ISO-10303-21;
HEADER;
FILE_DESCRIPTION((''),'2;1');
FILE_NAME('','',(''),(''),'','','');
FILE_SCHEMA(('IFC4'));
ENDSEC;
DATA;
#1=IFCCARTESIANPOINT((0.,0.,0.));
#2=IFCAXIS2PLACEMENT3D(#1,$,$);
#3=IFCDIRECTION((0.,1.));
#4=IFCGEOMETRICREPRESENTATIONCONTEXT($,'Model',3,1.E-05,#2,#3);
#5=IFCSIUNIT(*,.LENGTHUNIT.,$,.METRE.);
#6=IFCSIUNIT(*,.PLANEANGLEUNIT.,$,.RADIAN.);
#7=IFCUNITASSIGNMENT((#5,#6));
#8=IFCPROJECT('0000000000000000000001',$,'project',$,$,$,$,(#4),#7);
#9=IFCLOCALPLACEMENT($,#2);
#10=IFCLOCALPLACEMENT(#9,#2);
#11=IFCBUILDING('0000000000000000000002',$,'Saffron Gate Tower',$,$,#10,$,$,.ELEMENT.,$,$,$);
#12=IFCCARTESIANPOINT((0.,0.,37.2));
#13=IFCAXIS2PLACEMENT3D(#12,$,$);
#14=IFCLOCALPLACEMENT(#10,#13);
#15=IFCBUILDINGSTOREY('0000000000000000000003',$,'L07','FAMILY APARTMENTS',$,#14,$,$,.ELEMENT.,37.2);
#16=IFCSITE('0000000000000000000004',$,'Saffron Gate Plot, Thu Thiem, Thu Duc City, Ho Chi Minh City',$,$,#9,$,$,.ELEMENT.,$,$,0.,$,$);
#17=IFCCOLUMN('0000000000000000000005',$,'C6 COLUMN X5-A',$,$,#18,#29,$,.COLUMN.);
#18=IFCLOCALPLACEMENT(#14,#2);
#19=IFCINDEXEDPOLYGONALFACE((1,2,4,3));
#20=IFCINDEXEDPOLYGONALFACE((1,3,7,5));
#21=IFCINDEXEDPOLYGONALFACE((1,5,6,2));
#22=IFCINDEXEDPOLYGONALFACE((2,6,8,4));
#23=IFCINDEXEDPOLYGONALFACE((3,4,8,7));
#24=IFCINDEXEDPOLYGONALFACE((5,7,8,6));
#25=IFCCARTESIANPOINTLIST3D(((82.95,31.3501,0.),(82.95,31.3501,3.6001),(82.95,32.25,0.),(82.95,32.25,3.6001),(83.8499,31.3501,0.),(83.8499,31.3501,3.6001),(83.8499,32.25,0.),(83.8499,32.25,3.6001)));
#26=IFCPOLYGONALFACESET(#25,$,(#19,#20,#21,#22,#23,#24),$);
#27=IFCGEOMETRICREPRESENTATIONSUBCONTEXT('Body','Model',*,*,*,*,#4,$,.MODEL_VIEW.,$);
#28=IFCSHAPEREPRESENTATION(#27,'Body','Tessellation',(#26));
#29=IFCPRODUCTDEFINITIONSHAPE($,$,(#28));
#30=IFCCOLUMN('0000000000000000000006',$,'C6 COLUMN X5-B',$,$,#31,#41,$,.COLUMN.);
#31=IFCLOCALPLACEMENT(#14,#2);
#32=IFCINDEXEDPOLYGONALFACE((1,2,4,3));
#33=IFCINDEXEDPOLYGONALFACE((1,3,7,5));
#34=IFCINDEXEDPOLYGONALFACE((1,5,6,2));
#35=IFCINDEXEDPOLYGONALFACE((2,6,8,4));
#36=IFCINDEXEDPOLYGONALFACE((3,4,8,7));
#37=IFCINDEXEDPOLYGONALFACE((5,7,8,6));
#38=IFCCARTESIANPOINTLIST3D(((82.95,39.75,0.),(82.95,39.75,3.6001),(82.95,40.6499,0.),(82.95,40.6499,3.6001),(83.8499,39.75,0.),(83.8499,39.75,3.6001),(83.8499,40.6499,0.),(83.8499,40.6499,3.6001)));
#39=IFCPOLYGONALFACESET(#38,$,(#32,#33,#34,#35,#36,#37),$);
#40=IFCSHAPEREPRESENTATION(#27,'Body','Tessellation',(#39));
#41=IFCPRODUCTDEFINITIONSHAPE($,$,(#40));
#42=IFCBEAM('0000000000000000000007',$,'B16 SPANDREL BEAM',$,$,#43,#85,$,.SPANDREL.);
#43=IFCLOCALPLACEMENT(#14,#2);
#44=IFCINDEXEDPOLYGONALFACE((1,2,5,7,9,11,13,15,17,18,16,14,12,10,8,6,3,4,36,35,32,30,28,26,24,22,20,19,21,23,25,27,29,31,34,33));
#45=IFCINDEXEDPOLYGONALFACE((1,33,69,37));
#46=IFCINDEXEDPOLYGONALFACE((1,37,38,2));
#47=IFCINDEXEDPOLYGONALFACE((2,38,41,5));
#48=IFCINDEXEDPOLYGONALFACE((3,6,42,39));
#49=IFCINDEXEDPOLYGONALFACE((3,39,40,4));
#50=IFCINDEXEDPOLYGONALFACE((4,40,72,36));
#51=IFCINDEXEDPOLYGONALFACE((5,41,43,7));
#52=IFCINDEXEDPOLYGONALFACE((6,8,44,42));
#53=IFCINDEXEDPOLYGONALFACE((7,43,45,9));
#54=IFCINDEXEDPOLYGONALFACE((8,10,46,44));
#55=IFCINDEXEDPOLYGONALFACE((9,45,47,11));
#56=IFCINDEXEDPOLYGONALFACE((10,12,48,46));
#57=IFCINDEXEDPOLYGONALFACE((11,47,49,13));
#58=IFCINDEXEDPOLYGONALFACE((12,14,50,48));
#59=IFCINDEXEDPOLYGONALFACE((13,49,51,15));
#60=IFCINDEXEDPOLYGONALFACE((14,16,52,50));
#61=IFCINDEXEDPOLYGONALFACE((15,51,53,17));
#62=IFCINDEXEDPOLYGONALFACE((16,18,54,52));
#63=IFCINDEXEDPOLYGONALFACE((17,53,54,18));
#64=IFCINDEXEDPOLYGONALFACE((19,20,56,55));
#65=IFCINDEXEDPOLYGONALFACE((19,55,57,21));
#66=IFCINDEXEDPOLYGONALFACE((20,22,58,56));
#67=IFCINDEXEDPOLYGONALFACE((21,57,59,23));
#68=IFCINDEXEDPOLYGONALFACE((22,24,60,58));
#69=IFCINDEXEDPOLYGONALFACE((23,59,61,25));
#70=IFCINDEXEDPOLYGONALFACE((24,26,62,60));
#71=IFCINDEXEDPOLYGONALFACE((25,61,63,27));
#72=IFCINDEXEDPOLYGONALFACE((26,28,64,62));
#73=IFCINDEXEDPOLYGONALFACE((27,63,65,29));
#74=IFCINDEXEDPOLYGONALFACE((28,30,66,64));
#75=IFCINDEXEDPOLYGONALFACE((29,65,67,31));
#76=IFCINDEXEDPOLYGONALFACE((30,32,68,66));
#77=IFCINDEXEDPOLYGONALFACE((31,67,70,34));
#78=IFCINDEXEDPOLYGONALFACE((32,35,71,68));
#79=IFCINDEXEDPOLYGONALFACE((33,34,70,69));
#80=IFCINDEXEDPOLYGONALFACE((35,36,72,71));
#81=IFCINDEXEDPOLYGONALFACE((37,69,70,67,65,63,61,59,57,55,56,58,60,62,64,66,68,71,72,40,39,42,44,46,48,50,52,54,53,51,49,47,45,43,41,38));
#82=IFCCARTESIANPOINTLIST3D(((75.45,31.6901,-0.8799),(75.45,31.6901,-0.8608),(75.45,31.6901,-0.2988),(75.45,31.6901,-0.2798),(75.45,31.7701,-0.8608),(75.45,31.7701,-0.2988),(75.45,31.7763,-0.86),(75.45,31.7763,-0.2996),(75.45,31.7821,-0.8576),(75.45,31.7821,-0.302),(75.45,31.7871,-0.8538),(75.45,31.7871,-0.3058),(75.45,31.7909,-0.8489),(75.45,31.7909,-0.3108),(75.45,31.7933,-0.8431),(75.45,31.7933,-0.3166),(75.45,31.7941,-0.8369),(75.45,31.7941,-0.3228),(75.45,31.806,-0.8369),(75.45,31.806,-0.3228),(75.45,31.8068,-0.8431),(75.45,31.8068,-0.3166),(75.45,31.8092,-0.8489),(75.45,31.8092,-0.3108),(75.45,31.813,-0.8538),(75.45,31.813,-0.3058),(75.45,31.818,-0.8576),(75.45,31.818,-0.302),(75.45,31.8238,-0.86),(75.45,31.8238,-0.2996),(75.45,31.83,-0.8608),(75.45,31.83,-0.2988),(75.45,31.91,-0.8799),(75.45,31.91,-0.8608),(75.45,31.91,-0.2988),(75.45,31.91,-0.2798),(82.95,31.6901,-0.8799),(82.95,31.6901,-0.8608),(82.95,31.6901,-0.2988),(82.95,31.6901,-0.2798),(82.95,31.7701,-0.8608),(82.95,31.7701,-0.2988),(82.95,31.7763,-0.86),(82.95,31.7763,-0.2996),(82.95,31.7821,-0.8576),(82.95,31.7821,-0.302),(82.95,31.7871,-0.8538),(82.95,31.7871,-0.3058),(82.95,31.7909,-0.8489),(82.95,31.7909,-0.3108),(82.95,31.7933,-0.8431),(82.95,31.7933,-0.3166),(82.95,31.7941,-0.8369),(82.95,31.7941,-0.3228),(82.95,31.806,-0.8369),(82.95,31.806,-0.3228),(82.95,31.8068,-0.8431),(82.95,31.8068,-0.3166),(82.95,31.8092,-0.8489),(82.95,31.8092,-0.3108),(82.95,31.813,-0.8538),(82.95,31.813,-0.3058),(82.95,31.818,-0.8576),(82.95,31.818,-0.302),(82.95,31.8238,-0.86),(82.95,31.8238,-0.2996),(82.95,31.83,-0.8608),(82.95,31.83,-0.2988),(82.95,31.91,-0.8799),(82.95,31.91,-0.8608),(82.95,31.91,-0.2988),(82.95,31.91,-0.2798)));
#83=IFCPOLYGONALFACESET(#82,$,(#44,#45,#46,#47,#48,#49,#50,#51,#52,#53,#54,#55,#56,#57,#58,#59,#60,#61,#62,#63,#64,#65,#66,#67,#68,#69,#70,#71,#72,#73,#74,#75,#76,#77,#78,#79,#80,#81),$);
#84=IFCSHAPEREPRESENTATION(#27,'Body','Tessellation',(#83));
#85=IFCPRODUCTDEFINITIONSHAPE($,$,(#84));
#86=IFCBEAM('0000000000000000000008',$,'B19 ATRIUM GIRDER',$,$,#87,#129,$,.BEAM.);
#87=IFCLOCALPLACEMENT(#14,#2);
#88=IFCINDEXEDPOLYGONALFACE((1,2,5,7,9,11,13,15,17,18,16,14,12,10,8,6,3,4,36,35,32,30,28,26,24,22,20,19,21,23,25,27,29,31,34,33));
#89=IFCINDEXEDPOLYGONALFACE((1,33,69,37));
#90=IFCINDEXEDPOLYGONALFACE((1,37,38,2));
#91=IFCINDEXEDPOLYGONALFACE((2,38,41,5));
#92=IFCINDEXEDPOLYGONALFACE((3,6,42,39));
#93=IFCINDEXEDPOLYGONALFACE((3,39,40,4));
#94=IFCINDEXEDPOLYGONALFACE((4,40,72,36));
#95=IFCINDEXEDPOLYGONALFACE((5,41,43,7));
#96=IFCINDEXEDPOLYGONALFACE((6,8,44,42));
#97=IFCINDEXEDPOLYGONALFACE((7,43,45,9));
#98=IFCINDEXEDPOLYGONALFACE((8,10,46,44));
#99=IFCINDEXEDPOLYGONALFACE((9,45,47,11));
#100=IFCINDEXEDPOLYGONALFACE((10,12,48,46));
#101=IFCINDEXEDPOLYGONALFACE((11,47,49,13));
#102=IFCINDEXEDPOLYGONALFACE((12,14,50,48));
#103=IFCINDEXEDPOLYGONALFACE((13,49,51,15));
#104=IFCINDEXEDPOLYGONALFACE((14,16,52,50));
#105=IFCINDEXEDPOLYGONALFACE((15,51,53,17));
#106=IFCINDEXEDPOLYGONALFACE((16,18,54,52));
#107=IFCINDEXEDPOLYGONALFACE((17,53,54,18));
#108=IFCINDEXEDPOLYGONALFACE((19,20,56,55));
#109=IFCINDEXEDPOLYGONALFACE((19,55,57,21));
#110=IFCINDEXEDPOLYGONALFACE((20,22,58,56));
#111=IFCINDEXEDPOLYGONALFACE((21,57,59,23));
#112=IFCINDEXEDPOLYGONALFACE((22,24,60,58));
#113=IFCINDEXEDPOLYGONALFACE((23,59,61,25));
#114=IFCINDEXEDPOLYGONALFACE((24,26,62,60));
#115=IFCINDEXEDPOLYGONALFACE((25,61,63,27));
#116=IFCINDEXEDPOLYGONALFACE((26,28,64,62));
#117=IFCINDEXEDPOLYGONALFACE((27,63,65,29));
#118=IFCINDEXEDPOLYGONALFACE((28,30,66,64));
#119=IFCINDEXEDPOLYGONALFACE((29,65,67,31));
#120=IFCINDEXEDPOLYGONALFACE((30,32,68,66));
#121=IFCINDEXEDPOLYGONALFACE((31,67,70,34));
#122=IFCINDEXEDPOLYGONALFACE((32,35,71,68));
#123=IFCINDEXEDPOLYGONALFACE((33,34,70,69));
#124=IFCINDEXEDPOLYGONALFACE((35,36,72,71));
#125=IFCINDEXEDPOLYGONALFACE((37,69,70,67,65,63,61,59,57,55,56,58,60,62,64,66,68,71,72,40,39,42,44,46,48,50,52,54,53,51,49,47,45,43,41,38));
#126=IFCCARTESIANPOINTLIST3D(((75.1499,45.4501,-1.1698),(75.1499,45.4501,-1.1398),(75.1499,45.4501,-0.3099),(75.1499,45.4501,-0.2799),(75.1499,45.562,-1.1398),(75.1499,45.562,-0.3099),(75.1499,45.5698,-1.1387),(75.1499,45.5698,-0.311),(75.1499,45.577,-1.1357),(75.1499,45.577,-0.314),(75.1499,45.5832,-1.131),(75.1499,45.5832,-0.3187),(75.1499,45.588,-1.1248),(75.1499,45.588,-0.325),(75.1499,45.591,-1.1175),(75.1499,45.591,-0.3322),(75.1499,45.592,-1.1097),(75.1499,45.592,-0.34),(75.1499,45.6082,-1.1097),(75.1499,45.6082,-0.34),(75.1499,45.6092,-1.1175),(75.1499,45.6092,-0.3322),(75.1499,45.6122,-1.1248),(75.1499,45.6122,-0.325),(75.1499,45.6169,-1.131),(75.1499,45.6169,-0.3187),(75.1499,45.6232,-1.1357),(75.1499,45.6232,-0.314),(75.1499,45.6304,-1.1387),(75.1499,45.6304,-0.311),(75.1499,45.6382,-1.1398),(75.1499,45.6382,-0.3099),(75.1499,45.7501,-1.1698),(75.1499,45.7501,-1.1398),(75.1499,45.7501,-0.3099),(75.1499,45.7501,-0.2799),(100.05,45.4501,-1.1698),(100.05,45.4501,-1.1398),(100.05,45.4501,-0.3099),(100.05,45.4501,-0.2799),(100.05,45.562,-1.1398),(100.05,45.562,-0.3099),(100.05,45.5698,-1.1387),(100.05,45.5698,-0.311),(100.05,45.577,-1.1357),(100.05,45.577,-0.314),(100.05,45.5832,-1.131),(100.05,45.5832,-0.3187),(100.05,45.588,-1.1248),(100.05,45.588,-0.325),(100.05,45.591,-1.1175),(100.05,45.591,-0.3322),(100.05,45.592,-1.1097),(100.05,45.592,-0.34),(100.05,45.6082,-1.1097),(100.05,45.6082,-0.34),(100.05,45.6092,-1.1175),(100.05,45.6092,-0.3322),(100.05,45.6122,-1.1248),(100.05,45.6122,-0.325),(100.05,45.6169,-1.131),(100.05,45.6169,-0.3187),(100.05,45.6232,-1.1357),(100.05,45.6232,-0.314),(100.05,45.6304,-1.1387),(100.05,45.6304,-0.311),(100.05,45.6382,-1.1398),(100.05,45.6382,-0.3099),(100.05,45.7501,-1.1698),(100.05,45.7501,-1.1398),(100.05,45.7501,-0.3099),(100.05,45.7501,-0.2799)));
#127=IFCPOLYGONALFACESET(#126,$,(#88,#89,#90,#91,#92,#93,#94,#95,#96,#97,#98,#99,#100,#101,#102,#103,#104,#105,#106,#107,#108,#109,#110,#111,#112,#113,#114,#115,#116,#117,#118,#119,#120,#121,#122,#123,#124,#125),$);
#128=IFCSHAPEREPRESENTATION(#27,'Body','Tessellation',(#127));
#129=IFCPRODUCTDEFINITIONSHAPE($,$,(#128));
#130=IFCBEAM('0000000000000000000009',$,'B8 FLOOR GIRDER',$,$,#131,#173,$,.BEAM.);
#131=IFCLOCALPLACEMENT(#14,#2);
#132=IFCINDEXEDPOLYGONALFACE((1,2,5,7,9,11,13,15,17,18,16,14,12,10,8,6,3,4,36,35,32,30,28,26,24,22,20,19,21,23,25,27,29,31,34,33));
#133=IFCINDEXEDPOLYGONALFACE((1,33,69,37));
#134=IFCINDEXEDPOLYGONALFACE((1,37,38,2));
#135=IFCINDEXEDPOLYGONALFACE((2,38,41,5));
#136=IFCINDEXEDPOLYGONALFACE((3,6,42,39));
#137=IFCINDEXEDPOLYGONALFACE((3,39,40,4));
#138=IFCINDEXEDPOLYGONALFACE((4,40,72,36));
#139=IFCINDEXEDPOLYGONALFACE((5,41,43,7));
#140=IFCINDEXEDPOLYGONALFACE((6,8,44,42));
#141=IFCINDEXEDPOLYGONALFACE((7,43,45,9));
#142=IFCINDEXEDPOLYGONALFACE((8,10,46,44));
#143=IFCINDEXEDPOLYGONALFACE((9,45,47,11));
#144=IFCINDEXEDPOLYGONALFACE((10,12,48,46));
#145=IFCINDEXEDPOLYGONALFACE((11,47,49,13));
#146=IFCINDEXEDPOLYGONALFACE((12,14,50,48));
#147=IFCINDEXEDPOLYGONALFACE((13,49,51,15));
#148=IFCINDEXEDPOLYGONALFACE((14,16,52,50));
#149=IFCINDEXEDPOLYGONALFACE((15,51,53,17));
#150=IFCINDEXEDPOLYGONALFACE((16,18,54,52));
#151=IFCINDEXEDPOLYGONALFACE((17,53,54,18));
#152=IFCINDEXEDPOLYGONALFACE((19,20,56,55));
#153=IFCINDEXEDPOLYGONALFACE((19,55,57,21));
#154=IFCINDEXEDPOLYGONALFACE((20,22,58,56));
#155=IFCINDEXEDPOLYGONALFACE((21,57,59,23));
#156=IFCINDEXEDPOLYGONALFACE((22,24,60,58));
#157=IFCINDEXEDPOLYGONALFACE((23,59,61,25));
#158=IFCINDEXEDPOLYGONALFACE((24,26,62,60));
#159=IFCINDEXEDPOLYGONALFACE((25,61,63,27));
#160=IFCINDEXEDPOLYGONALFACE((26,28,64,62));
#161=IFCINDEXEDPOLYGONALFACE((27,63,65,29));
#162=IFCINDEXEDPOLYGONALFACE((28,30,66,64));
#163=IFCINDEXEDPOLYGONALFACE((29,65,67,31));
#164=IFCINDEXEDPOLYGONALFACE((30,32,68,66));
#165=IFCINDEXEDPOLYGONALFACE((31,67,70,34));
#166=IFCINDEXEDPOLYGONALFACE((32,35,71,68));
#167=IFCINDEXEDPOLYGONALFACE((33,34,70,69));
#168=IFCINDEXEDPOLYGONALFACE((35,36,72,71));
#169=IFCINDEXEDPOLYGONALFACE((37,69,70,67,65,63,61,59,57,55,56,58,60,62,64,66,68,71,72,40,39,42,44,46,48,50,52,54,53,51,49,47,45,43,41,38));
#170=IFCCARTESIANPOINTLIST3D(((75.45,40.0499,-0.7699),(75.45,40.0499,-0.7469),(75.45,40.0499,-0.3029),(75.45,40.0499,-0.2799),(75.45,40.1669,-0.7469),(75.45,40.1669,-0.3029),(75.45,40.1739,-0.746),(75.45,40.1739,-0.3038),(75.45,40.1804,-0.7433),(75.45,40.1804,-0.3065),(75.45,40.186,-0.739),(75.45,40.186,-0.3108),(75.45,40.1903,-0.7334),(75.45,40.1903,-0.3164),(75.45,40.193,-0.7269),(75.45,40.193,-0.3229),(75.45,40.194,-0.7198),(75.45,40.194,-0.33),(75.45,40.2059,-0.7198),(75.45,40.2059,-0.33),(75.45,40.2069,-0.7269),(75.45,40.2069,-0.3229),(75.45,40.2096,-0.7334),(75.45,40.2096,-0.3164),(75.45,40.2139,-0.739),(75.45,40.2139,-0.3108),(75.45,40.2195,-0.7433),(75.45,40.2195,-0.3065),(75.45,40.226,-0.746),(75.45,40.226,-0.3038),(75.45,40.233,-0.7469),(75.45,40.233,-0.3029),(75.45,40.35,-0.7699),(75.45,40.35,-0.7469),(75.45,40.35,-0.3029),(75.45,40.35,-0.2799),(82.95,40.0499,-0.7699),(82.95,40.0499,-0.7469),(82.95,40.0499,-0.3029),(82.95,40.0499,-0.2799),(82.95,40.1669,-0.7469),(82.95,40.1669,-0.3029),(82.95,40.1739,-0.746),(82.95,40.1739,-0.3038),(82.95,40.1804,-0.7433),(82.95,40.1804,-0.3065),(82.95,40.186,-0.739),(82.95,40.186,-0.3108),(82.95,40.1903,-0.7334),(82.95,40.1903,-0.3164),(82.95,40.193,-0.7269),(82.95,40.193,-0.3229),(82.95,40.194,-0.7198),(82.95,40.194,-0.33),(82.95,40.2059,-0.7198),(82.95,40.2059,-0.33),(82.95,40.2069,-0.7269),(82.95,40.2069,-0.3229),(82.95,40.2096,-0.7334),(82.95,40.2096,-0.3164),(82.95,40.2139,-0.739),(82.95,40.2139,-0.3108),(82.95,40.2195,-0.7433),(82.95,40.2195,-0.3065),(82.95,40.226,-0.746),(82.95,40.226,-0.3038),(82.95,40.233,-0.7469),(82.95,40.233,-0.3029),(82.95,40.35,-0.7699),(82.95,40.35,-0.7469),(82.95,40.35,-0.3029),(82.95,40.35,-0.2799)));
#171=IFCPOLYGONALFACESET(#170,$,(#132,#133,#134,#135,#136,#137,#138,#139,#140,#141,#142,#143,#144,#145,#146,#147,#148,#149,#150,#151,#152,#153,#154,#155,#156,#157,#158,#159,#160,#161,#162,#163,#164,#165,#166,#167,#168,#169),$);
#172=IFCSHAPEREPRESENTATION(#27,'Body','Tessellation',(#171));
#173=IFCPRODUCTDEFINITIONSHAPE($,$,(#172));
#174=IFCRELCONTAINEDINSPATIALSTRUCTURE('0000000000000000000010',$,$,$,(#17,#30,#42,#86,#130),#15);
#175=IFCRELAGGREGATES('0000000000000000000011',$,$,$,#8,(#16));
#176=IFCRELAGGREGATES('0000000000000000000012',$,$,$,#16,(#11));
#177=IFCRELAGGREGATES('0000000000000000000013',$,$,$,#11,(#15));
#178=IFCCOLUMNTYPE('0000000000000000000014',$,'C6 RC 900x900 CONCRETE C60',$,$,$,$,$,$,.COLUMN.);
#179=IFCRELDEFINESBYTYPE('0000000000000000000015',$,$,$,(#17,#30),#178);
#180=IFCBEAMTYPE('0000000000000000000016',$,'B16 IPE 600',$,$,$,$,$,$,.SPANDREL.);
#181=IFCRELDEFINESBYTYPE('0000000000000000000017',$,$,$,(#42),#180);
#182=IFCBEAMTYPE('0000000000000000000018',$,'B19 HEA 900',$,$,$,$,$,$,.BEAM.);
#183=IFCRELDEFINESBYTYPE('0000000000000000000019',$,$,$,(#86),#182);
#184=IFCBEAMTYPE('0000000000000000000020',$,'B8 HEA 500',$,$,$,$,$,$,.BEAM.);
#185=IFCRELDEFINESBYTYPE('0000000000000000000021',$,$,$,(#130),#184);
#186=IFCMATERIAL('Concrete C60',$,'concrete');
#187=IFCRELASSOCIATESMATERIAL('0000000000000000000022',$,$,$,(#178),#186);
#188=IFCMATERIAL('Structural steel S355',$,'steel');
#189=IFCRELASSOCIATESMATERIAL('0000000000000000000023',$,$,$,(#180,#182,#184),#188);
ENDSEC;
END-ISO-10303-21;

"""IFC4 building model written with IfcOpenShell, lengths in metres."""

from ifc_helpers import new_model, si_unit, direction, frame, origin, origin_2d, place, context, subcontext, project, spatial, rectangle, i_section, extrude, material, material_profile, profile_set, type_object, element, save


model = new_model("IFC4")

# Units and contexts
model_context = context("Model", 3, precision=1e-05, world=origin(), true_north=direction((0.0, 1.0)))
body_context = subcontext(model_context, "Body", "Model", "MODEL_VIEW")
ifc_project = project(units=[si_unit("LENGTHUNIT", "METRE"), si_unit("PLANEANGLEUNIT", "RADIAN")], contexts=[model_context])

# Site, building, storey
site_placement = place(None, origin())
site = spatial("IfcSite", under=ifc_project, at=site_placement, Name="Saffron Gate Plot, Thu Thiem, Thu Duc City, Ho Chi Minh City", CompositionType="ELEMENT", RefElevation=0.0)
building_placement = place(site_placement, origin())
building = spatial("IfcBuilding", under=site, at=building_placement, Name="Saffron Gate Tower", CompositionType="ELEMENT")
storey_placement = place(building_placement, frame((0.0, 0.0, 37.2)))
storey = spatial("IfcBuildingStorey", under=building, at=storey_placement, Name="L07", Description="FAMILY APARTMENTS", CompositionType="ELEMENT", Elevation=37.2)

# Columns
ifc_material_1 = material(Name="Concrete C60", Category="concrete")
ifc_material_profile_1 = material_profile(ifc_material_1, rectangle(XDim=0.8999, YDim=0.8999, at=origin_2d()))
ifc_profile_set_1 = profile_set([ifc_material_profile_1], Name="Concrete C60")
column_type = type_object("IfcColumnType", Name="C6 RC 900x900 CONCRETE C60", PredefinedType="COLUMN", material=ifc_profile_set_1)
for number, where, z_axis, x_axis, name in (
    (1, (83.3999, 31.8, 0.0), (0.0, 0.0, 1.0), (1.0, 0.0, 0.0), "C6 COLUMN X5-A"),
    (2, (83.3999, 40.2, 0.0), (0.0, 0.0, 1.0), (1.0, 0.0, 0.0), "C6 COLUMN X5-B"),
):
    element("IfcColumn", number, at=place(storey_placement, frame(where, z_axis=z_axis, x_axis=x_axis)), inside=storey, type_object=column_type, Name=name, PredefinedType="COLUMN", context=body_context, shape_type="SweptSolid", body=[
        extrude(rectangle(XDim=0.8999, YDim=0.8999, at=origin_2d()), origin(), (0.0, 0.0, 1.0), 3.6001),
    ])

# Beams
ifc_material_2 = material(Name="Structural steel S355", Category="steel")
ifc_material_profile_2 = material_profile(ifc_material_2, i_section(OverallWidth=0.22, OverallDepth=0.6001, WebThickness=0.012, FlangeThickness=0.019, FilletRadius=0.0239, at=origin_2d()))
ifc_profile_set_2 = profile_set([ifc_material_profile_2], Name="Structural steel S355")
beam_type_1 = type_object("IfcBeamType", Name="B16 IPE 600", PredefinedType="SPANDREL", material=ifc_profile_set_2)
beam_1_placement = place(storey_placement, frame((75.45, 31.8, -0.5798), z_axis=(1.0, 0.0, 0.0), x_axis=(0.0, 1.0, 0.0)))
element("IfcBeam", 3, at=beam_1_placement, inside=storey, type_object=beam_type_1, Name="B16 SPANDREL BEAM", PredefinedType="SPANDREL", context=body_context, shape_type="SweptSolid", body=[
    extrude(i_section(OverallWidth=0.22, OverallDepth=0.6001, WebThickness=0.012, FlangeThickness=0.019, FilletRadius=0.0239, at=origin_2d()), origin(), (0.0, 0.0, 1.0), 7.5),
])
ifc_material_profile_3 = material_profile(ifc_material_2, i_section(OverallWidth=0.3, OverallDepth=0.8899, WebThickness=0.0161, FlangeThickness=0.03, FilletRadius=0.03, at=origin_2d()))
ifc_profile_set_3 = profile_set([ifc_material_profile_3], Name="Structural steel S355")
beam_type_2 = type_object("IfcBeamType", Name="B19 HEA 900", PredefinedType="BEAM", material=ifc_profile_set_3)
beam_2_placement = place(storey_placement, frame((75.1499, 45.6001, -0.7249), z_axis=(1.0, 0.0, 0.0), x_axis=(0.0, 1.0, 0.0)))
element("IfcBeam", 4, at=beam_2_placement, inside=storey, type_object=beam_type_2, Name="B19 ATRIUM GIRDER", PredefinedType="BEAM", context=body_context, shape_type="SweptSolid", body=[
    extrude(i_section(OverallWidth=0.3, OverallDepth=0.8899, WebThickness=0.0161, FlangeThickness=0.03, FilletRadius=0.03, at=origin_2d()), origin(), (0.0, 0.0, 1.0), 24.9001),
])
ifc_material_profile_4 = material_profile(ifc_material_2, i_section(OverallWidth=0.3, OverallDepth=0.49, WebThickness=0.012, FlangeThickness=0.0229, FilletRadius=0.0271, at=origin_2d()))
ifc_profile_set_4 = profile_set([ifc_material_profile_4], Name="Structural steel S355")
beam_type_3 = type_object("IfcBeamType", Name="B8 HEA 500", PredefinedType="BEAM", material=ifc_profile_set_4)
beam_3_placement = place(storey_placement, frame((75.45, 40.2, -0.5249), z_axis=(1.0, 0.0, 0.0), x_axis=(0.0, 1.0, 0.0)))
element("IfcBeam", 5, at=beam_3_placement, inside=storey, type_object=beam_type_3, Name="B8 FLOOR GIRDER", PredefinedType="BEAM", context=body_context, shape_type="SweptSolid", body=[
    extrude(i_section(OverallWidth=0.3, OverallDepth=0.49, WebThickness=0.012, FlangeThickness=0.0229, FilletRadius=0.0271, at=origin_2d()), origin(), (0.0, 0.0, 1.0), 7.5),
])

save(model, "model.ifc")
